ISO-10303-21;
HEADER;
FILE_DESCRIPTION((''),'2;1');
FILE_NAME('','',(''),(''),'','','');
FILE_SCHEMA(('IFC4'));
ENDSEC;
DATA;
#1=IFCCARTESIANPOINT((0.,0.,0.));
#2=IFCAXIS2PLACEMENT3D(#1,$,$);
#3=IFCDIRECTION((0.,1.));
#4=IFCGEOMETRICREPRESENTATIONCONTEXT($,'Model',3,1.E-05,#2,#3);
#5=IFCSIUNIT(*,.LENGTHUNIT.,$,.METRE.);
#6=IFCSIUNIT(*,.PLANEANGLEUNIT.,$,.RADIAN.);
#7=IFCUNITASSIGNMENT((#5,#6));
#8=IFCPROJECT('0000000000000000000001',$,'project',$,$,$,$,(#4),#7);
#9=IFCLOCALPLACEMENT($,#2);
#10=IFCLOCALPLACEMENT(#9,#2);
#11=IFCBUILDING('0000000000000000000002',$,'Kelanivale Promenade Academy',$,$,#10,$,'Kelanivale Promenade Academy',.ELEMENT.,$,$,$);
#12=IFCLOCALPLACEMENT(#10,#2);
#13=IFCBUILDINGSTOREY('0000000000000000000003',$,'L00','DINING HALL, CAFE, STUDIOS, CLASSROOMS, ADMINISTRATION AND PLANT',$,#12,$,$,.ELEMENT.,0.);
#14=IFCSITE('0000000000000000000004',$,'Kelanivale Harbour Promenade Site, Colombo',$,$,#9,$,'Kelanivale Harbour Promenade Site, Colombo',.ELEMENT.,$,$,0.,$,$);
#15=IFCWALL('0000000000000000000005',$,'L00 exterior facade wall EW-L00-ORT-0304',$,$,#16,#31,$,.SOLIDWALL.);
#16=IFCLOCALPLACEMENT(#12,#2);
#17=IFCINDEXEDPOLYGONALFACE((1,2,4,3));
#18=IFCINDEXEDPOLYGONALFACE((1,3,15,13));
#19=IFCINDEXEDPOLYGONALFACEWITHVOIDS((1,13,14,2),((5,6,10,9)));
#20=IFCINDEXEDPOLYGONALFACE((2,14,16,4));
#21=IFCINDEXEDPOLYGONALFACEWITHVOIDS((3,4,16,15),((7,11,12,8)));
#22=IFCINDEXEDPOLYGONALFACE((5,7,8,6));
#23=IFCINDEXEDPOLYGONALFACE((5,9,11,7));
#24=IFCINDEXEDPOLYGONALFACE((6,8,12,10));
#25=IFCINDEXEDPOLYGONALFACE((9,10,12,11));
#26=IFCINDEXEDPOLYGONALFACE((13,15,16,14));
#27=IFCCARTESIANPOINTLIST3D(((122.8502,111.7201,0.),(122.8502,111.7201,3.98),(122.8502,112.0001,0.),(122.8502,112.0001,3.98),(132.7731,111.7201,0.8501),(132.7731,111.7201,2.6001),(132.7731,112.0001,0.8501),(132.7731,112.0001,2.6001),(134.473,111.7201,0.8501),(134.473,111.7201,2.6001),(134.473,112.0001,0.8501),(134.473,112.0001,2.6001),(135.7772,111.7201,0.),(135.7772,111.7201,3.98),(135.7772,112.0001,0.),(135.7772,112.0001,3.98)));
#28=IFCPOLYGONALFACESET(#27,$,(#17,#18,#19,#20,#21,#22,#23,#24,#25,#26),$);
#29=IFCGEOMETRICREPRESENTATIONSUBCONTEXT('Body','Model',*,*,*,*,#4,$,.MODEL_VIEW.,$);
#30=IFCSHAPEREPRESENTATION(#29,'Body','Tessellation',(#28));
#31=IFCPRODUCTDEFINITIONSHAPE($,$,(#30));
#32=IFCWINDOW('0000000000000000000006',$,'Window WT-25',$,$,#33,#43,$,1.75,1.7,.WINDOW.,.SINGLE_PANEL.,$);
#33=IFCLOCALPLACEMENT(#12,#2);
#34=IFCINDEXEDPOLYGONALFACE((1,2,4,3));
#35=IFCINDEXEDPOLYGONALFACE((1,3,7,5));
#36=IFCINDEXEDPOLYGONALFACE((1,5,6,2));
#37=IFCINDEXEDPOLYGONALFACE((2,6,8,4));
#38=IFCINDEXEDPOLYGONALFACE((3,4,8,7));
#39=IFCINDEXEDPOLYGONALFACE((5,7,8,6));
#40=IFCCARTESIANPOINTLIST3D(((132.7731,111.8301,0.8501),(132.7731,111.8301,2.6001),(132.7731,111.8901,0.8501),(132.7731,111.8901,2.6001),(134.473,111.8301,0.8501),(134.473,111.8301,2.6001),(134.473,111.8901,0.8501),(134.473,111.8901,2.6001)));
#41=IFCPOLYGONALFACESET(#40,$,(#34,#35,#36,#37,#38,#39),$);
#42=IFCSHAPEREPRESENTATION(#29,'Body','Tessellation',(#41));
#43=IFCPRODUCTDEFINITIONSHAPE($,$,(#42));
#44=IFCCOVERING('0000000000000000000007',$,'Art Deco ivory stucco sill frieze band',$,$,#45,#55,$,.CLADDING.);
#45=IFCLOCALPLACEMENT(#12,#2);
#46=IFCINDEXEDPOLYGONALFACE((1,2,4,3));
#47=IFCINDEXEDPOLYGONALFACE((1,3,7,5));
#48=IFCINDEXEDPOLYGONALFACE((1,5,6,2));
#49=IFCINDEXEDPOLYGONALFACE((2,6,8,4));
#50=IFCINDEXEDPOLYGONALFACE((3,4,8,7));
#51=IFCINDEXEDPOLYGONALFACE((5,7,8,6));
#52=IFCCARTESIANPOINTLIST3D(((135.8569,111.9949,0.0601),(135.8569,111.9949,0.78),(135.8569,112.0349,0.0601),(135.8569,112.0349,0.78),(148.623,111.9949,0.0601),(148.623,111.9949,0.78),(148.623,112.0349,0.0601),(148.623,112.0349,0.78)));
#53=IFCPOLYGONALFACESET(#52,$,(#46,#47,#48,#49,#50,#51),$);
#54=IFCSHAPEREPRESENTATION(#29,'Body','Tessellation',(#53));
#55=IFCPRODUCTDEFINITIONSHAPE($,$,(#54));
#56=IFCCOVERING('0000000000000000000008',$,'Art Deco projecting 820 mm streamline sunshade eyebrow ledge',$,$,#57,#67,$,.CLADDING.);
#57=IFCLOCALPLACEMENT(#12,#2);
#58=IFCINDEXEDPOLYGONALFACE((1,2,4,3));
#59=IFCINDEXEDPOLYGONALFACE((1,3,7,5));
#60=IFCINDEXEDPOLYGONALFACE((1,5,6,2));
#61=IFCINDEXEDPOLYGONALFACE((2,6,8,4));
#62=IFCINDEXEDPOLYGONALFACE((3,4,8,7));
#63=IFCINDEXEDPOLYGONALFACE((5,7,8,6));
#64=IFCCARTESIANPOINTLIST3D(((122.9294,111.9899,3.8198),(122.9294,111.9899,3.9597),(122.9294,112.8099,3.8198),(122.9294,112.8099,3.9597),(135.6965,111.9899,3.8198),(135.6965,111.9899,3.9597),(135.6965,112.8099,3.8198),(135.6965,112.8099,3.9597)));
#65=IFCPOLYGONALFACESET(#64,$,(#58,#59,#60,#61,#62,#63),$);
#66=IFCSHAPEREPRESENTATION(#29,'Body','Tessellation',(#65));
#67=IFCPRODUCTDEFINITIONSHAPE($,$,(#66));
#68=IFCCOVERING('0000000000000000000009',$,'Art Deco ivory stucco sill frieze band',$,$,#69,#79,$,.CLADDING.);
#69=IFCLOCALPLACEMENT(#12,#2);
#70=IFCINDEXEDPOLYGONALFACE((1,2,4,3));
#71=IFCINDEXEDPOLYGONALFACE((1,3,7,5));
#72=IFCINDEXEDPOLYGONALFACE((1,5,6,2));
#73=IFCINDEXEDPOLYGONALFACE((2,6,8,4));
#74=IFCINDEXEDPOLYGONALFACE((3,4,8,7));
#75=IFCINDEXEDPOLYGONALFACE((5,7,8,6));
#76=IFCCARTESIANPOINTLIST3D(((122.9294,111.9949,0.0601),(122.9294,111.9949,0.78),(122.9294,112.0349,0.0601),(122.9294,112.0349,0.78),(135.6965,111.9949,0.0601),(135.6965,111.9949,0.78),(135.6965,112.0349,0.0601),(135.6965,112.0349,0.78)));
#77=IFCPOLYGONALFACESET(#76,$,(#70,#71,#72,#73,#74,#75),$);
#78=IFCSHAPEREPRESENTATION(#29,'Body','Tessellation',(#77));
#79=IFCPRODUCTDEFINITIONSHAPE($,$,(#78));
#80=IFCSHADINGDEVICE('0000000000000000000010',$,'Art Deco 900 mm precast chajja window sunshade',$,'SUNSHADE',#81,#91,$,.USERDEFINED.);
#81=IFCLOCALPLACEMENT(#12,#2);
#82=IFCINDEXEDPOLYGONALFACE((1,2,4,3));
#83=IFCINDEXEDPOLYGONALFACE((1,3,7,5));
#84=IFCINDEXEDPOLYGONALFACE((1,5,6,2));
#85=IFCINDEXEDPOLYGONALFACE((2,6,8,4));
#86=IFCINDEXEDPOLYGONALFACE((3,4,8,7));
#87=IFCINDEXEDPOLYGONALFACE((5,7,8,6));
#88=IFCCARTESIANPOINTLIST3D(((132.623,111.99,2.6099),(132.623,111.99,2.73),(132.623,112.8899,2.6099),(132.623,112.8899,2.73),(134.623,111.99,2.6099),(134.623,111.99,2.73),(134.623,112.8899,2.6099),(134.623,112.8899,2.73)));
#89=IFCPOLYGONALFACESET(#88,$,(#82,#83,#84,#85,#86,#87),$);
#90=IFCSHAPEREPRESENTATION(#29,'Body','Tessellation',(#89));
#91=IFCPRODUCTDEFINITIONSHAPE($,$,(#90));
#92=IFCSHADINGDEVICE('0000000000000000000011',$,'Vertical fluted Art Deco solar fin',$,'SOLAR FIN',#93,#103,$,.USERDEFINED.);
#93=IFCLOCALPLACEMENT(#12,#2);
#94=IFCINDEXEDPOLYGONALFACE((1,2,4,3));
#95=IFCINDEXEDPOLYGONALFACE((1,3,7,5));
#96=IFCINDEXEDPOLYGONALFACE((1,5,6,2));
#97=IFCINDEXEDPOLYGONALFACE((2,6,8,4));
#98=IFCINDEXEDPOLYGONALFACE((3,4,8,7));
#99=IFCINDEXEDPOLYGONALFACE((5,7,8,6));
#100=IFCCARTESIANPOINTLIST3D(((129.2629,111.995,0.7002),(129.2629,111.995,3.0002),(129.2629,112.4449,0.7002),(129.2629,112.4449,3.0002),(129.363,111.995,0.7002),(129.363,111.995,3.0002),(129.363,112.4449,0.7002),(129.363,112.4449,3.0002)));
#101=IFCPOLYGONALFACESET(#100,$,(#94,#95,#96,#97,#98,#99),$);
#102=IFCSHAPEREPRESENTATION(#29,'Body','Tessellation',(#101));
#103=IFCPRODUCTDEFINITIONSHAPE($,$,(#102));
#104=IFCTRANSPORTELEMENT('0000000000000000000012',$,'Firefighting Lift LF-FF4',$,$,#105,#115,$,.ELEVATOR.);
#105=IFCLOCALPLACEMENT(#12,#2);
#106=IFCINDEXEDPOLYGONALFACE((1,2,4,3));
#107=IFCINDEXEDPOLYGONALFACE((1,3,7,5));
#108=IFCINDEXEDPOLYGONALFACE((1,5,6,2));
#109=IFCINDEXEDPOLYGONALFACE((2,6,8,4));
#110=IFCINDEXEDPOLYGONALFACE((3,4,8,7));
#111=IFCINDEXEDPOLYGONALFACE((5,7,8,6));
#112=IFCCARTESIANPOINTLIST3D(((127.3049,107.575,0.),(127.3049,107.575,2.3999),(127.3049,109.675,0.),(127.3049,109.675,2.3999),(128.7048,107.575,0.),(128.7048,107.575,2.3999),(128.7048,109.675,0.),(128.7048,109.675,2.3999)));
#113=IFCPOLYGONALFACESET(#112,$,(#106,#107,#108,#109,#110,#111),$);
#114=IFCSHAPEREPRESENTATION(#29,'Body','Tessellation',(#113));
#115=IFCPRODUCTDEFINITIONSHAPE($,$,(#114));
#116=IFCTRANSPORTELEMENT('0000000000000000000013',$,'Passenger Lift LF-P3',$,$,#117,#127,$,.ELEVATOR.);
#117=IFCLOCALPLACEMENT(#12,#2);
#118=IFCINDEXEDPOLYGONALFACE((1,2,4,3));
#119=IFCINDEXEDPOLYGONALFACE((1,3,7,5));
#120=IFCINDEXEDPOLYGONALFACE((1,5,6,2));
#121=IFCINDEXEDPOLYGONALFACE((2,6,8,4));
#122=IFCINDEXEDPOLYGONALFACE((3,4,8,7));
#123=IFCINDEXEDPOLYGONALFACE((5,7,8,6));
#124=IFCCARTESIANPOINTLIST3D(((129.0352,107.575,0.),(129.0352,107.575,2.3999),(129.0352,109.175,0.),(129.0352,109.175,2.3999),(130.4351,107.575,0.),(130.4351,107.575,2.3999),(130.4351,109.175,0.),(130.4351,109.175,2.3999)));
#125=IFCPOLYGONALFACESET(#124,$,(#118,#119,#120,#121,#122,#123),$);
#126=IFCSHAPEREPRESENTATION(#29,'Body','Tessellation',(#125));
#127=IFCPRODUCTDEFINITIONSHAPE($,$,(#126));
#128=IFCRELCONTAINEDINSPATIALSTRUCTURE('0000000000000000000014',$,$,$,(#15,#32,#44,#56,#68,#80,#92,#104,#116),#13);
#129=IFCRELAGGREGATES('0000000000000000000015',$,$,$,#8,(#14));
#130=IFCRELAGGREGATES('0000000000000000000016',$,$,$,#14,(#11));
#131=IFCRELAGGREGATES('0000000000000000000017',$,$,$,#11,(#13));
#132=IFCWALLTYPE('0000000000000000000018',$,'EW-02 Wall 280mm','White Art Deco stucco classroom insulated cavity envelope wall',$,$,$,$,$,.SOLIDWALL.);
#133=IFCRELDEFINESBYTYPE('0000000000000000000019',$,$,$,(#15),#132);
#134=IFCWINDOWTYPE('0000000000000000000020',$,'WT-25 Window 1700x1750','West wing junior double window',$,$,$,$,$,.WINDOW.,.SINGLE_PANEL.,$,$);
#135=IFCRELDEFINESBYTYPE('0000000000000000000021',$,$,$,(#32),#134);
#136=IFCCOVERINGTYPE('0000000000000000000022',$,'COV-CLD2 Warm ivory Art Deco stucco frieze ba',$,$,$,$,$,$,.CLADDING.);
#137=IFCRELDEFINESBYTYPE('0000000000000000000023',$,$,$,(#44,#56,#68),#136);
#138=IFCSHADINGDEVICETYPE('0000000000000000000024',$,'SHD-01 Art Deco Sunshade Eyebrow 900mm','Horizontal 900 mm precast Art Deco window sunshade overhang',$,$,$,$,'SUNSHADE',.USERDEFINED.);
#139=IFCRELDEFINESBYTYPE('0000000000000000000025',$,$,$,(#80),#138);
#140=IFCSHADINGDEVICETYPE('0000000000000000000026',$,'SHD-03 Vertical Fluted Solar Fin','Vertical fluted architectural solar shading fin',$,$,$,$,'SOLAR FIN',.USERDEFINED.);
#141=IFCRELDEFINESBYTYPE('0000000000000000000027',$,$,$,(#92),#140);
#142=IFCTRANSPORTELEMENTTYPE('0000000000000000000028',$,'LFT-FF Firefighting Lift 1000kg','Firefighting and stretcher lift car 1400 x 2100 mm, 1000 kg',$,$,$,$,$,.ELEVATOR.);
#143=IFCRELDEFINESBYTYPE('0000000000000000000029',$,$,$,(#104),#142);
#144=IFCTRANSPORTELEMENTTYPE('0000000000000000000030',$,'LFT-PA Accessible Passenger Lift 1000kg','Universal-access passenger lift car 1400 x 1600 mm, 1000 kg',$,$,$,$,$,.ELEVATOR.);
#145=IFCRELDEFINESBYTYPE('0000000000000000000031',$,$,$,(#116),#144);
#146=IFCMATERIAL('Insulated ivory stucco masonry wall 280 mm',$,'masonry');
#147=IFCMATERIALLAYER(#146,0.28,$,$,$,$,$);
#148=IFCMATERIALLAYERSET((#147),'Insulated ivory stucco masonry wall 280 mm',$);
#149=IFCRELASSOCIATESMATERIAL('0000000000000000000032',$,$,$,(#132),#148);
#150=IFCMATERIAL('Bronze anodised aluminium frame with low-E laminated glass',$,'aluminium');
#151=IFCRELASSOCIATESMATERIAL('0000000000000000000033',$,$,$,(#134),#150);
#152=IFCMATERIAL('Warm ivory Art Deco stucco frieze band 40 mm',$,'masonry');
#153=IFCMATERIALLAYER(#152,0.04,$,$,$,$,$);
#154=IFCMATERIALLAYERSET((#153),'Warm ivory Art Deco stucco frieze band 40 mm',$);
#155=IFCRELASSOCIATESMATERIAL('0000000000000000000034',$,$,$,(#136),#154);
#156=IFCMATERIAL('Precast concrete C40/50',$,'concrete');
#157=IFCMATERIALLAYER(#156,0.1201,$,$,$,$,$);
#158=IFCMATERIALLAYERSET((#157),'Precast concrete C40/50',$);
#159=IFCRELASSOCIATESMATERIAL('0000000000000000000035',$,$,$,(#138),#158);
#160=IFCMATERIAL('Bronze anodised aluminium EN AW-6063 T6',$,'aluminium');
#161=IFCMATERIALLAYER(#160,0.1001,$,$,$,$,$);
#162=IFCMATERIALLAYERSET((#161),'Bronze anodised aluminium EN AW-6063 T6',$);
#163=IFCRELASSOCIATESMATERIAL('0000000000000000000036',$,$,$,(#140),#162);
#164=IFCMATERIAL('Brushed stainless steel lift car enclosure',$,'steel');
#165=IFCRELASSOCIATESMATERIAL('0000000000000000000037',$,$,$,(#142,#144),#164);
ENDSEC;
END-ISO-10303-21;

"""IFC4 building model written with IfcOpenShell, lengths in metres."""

from ifc_helpers import new_model, si_unit, direction, frame, frame_2d, origin, origin_2d, place, context, subcontext, project, spatial, rectangle, extrude, material, layer, layer_set, type_object, element, fill, save


model = new_model("IFC4")

# Units and contexts
model_context = context("Model", 3, precision=1e-05, world=origin(), true_north=direction((0.0, 1.0)))
body_context = subcontext(model_context, "Body", "Model", "MODEL_VIEW")
ifc_project = project(units=[si_unit("LENGTHUNIT", "METRE"), si_unit("PLANEANGLEUNIT", "RADIAN")], contexts=[model_context])

# Site, building, storey
site_placement = place(None, origin())
site = spatial("IfcSite", under=ifc_project, at=site_placement, Name="Kelanivale Harbour Promenade Site, Colombo", LongName="Kelanivale Harbour Promenade Site, Colombo", CompositionType="ELEMENT", RefElevation=0.0)
building_placement = place(site_placement, origin())
building = spatial("IfcBuilding", under=site, at=building_placement, Name="Kelanivale Promenade Academy", LongName="Kelanivale Promenade Academy", CompositionType="ELEMENT")
storey_placement = place(building_placement, origin())
storey = spatial("IfcBuildingStorey", under=building, at=storey_placement, Name="L00", Description="DINING HALL, CAFE, STUDIOS, CLASSROOMS, ADMINISTRATION AND PLANT", CompositionType="ELEMENT", Elevation=0.0)

# Wall, opening, window
ifc_material_1 = material(Name="Insulated ivory stucco masonry wall 280 mm", Category="masonry")
ifc_layer_1 = layer(ifc_material_1, 0.28)
ifc_layer_set_1 = layer_set([ifc_layer_1], Name="Insulated ivory stucco masonry wall 280 mm")
wall_type_1 = type_object("IfcWallType", Name="EW-02 Wall 280mm", Description="White Art Deco stucco classroom insulated cavity envelope wall", PredefinedType="SOLIDWALL", material=ifc_layer_set_1)
wall_1_placement = place(storey_placement, frame((135.7771, 111.8601, 0.0), z_axis=(0.0, 0.0, 1.0), x_axis=(-1.0, 0.0, 0.0)))
wall_1 = element("IfcWall", 1, at=wall_1_placement, inside=storey, type_object=wall_type_1, Name="L00 exterior facade wall EW-L00-ORT-0304", PredefinedType="SOLIDWALL", context=body_context, shape_type="SweptSolid", body=[
    extrude(rectangle(XDim=12.927, YDim=0.28, at=frame_2d((6.4634, 0.0))), origin(), (0.0, 0.0, 1.0), 3.98),
])
opening_placement = place(wall_1_placement, frame((1.304, 0.0, 0.8501)))
opening = element("IfcOpeningElement", 2, at=opening_placement, cuts=wall_1, PredefinedType="OPENING", context=body_context, shape_type="SweptSolid", body=[
    extrude(rectangle(XDim=1.7, YDim=1.75, at=frame_2d((0.8501, 0.875))), frame((0.0, 0.1499, 0.0), z_axis=(0.0, -1.0, 0.0), x_axis=(1.0, 0.0, 0.0)), (0.0, 0.0, 1.0), 0.3),
])
ifc_material_2 = material(Name="Bronze anodised aluminium frame with low-E laminated glass", Category="aluminium")
window_type = type_object("IfcWindowType", Name="WT-25 Window 1700x1750", Description="West wing junior double window", PartitioningType="SINGLE_PANEL", PredefinedType="WINDOW", material=ifc_material_2)
window_placement = place(opening_placement, origin())
window = element("IfcWindow", 3, at=window_placement, inside=storey, type_object=window_type, Name="Window WT-25", OverallHeight=1.75, OverallWidth=1.7, PartitioningType="SINGLE_PANEL", PredefinedType="WINDOW", context=body_context, shape_type="SweptSolid", body=[
    extrude(rectangle(XDim=1.7, YDim=1.75, at=frame_2d((0.8501, 0.875))), frame((0.0, 0.03, 0.0), z_axis=(0.0, -1.0, 0.0), x_axis=(1.0, 0.0, 0.0)), (0.0, 0.0, 1.0), 0.0601),
])
fill(opening, window)

# Coverings
ifc_material_3 = material(Name="Warm ivory Art Deco stucco frieze band 40 mm", Category="masonry")
ifc_layer_2 = layer(ifc_material_3, 0.04)
ifc_layer_set_2 = layer_set([ifc_layer_2], Name="Warm ivory Art Deco stucco frieze band 40 mm")
covering_type = type_object("IfcCoveringType", Name="COV-CLD2 Warm ivory Art Deco stucco frieze ba", PredefinedType="CLADDING", material=ifc_layer_set_2)
covering_1_placement = place(storey_placement, frame((142.24, 112.0149, 0.0601), z_axis=(0.0, 0.0, 1.0), x_axis=(-1.0, 0.0, 0.0)))
element("IfcCovering", 4, at=covering_1_placement, inside=storey, type_object=covering_type, Name="Art Deco ivory stucco sill frieze band", PredefinedType="CLADDING", context=body_context, shape_type="SweptSolid", body=[
    extrude(rectangle(XDim=12.7661, YDim=0.04, at=origin_2d()), origin(), (0.0, 0.0, 1.0), 0.72),
])
covering_2_placement = place(storey_placement, frame((129.313, 112.3999, 3.8198), z_axis=(0.0, 0.0, 1.0), x_axis=(-1.0, 0.0, 0.0)))
element("IfcCovering", 5, at=covering_2_placement, inside=storey, type_object=covering_type, Name="Art Deco projecting 820 mm streamline sunshade eyebrow ledge", PredefinedType="CLADDING", context=body_context, shape_type="SweptSolid", body=[
    extrude(rectangle(XDim=12.7671, YDim=0.8201, at=origin_2d()), origin(), (0.0, 0.0, 1.0), 0.1399),
])
covering_3_placement = place(storey_placement, frame((129.313, 112.0149, 0.0601), z_axis=(0.0, 0.0, 1.0), x_axis=(-1.0, 0.0, 0.0)))
element("IfcCovering", 6, at=covering_3_placement, inside=storey, type_object=covering_type, Name="Art Deco ivory stucco sill frieze band", PredefinedType="CLADDING", context=body_context, shape_type="SweptSolid", body=[
    extrude(rectangle(XDim=12.7671, YDim=0.04, at=origin_2d()), origin(), (0.0, 0.0, 1.0), 0.72),
])

# Shading devices
ifc_material_4 = material(Name="Precast concrete C40/50", Category="concrete")
ifc_layer_3 = layer(ifc_material_4, 0.1201)
ifc_layer_set_3 = layer_set([ifc_layer_3], Name="Precast concrete C40/50")
shading_device_type_1 = type_object("IfcShadingDeviceType", Name="SHD-01 Art Deco Sunshade Eyebrow 900mm", Description="Horizontal 900 mm precast Art Deco window sunshade overhang", ElementType="SUNSHADE", PredefinedType="USERDEFINED", material=ifc_layer_set_3)
shading_device_1_placement = place(storey_placement, frame((133.623, 112.4399, 2.6099), z_axis=(0.0, 0.0, 1.0), x_axis=(-1.0, 0.0, 0.0)))
element("IfcShadingDevice", 7, at=shading_device_1_placement, inside=storey, type_object=shading_device_type_1, Name="Art Deco 900 mm precast chajja window sunshade", ObjectType="SUNSHADE", PredefinedType="USERDEFINED", context=body_context, shape_type="SweptSolid", body=[
    extrude(rectangle(XDim=2.0, YDim=0.8999, at=origin_2d()), origin(), (0.0, 0.0, 1.0), 0.1201),
])
ifc_material_5 = material(Name="Bronze anodised aluminium EN AW-6063 T6", Category="aluminium")
ifc_layer_4 = layer(ifc_material_5, 0.1001)
ifc_layer_set_4 = layer_set([ifc_layer_4], Name="Bronze anodised aluminium EN AW-6063 T6")
shading_device_type_2 = type_object("IfcShadingDeviceType", Name="SHD-03 Vertical Fluted Solar Fin", Description="Vertical fluted architectural solar shading fin", ElementType="SOLAR FIN", PredefinedType="USERDEFINED", material=ifc_layer_set_4)
shading_device_2_placement = place(storey_placement, frame((129.313, 112.22, 0.7002), z_axis=(0.0, 0.0, 1.0), x_axis=(-1.0, 0.0, 0.0)))
element("IfcShadingDevice", 8, at=shading_device_2_placement, inside=storey, type_object=shading_device_type_2, Name="Vertical fluted Art Deco solar fin", ObjectType="SOLAR FIN", PredefinedType="USERDEFINED", context=body_context, shape_type="SweptSolid", body=[
    extrude(rectangle(XDim=0.1001, YDim=0.45, at=origin_2d()), origin(), (0.0, 0.0, 1.0), 2.3),
])

# Transport elements
ifc_material_6 = material(Name="Brushed stainless steel lift car enclosure", Category="steel")
transport_element_type_1 = type_object("IfcTransportElementType", Name="LFT-FF Firefighting Lift 1000kg", Description="Firefighting and stretcher lift car 1400 x 2100 mm, 1000 kg", PredefinedType="ELEVATOR", material=ifc_material_6)
transport_element_1_placement = place(storey_placement, frame((128.0049, 108.625, 0.0), z_axis=(0.0, 0.0, 1.0), x_axis=(1.0, 0.0, 0.0)))
element("IfcTransportElement", 9, at=transport_element_1_placement, inside=storey, type_object=transport_element_type_1, Name="Firefighting Lift LF-FF4", PredefinedType="ELEVATOR", context=body_context, shape_type="SweptSolid", body=[
    extrude(rectangle(XDim=1.3999, YDim=2.1001, at=origin_2d()), origin(), (0.0, 0.0, 1.0), 2.3999),
])
transport_element_type_2 = type_object("IfcTransportElementType", Name="LFT-PA Accessible Passenger Lift 1000kg", Description="Universal-access passenger lift car 1400 x 1600 mm, 1000 kg", PredefinedType="ELEVATOR", material=ifc_material_6)
transport_element_2_placement = place(storey_placement, frame((129.7351, 108.375, 0.0), z_axis=(0.0, 0.0, 1.0), x_axis=(1.0, 0.0, 0.0)))
element("IfcTransportElement", 10, at=transport_element_2_placement, inside=storey, type_object=transport_element_type_2, Name="Passenger Lift LF-P3", PredefinedType="ELEVATOR", context=body_context, shape_type="SweptSolid", body=[
    extrude(rectangle(XDim=1.3999, YDim=1.6001, at=origin_2d()), origin(), (0.0, 0.0, 1.0), 2.3999),
])

save(model, "model.ifc")
